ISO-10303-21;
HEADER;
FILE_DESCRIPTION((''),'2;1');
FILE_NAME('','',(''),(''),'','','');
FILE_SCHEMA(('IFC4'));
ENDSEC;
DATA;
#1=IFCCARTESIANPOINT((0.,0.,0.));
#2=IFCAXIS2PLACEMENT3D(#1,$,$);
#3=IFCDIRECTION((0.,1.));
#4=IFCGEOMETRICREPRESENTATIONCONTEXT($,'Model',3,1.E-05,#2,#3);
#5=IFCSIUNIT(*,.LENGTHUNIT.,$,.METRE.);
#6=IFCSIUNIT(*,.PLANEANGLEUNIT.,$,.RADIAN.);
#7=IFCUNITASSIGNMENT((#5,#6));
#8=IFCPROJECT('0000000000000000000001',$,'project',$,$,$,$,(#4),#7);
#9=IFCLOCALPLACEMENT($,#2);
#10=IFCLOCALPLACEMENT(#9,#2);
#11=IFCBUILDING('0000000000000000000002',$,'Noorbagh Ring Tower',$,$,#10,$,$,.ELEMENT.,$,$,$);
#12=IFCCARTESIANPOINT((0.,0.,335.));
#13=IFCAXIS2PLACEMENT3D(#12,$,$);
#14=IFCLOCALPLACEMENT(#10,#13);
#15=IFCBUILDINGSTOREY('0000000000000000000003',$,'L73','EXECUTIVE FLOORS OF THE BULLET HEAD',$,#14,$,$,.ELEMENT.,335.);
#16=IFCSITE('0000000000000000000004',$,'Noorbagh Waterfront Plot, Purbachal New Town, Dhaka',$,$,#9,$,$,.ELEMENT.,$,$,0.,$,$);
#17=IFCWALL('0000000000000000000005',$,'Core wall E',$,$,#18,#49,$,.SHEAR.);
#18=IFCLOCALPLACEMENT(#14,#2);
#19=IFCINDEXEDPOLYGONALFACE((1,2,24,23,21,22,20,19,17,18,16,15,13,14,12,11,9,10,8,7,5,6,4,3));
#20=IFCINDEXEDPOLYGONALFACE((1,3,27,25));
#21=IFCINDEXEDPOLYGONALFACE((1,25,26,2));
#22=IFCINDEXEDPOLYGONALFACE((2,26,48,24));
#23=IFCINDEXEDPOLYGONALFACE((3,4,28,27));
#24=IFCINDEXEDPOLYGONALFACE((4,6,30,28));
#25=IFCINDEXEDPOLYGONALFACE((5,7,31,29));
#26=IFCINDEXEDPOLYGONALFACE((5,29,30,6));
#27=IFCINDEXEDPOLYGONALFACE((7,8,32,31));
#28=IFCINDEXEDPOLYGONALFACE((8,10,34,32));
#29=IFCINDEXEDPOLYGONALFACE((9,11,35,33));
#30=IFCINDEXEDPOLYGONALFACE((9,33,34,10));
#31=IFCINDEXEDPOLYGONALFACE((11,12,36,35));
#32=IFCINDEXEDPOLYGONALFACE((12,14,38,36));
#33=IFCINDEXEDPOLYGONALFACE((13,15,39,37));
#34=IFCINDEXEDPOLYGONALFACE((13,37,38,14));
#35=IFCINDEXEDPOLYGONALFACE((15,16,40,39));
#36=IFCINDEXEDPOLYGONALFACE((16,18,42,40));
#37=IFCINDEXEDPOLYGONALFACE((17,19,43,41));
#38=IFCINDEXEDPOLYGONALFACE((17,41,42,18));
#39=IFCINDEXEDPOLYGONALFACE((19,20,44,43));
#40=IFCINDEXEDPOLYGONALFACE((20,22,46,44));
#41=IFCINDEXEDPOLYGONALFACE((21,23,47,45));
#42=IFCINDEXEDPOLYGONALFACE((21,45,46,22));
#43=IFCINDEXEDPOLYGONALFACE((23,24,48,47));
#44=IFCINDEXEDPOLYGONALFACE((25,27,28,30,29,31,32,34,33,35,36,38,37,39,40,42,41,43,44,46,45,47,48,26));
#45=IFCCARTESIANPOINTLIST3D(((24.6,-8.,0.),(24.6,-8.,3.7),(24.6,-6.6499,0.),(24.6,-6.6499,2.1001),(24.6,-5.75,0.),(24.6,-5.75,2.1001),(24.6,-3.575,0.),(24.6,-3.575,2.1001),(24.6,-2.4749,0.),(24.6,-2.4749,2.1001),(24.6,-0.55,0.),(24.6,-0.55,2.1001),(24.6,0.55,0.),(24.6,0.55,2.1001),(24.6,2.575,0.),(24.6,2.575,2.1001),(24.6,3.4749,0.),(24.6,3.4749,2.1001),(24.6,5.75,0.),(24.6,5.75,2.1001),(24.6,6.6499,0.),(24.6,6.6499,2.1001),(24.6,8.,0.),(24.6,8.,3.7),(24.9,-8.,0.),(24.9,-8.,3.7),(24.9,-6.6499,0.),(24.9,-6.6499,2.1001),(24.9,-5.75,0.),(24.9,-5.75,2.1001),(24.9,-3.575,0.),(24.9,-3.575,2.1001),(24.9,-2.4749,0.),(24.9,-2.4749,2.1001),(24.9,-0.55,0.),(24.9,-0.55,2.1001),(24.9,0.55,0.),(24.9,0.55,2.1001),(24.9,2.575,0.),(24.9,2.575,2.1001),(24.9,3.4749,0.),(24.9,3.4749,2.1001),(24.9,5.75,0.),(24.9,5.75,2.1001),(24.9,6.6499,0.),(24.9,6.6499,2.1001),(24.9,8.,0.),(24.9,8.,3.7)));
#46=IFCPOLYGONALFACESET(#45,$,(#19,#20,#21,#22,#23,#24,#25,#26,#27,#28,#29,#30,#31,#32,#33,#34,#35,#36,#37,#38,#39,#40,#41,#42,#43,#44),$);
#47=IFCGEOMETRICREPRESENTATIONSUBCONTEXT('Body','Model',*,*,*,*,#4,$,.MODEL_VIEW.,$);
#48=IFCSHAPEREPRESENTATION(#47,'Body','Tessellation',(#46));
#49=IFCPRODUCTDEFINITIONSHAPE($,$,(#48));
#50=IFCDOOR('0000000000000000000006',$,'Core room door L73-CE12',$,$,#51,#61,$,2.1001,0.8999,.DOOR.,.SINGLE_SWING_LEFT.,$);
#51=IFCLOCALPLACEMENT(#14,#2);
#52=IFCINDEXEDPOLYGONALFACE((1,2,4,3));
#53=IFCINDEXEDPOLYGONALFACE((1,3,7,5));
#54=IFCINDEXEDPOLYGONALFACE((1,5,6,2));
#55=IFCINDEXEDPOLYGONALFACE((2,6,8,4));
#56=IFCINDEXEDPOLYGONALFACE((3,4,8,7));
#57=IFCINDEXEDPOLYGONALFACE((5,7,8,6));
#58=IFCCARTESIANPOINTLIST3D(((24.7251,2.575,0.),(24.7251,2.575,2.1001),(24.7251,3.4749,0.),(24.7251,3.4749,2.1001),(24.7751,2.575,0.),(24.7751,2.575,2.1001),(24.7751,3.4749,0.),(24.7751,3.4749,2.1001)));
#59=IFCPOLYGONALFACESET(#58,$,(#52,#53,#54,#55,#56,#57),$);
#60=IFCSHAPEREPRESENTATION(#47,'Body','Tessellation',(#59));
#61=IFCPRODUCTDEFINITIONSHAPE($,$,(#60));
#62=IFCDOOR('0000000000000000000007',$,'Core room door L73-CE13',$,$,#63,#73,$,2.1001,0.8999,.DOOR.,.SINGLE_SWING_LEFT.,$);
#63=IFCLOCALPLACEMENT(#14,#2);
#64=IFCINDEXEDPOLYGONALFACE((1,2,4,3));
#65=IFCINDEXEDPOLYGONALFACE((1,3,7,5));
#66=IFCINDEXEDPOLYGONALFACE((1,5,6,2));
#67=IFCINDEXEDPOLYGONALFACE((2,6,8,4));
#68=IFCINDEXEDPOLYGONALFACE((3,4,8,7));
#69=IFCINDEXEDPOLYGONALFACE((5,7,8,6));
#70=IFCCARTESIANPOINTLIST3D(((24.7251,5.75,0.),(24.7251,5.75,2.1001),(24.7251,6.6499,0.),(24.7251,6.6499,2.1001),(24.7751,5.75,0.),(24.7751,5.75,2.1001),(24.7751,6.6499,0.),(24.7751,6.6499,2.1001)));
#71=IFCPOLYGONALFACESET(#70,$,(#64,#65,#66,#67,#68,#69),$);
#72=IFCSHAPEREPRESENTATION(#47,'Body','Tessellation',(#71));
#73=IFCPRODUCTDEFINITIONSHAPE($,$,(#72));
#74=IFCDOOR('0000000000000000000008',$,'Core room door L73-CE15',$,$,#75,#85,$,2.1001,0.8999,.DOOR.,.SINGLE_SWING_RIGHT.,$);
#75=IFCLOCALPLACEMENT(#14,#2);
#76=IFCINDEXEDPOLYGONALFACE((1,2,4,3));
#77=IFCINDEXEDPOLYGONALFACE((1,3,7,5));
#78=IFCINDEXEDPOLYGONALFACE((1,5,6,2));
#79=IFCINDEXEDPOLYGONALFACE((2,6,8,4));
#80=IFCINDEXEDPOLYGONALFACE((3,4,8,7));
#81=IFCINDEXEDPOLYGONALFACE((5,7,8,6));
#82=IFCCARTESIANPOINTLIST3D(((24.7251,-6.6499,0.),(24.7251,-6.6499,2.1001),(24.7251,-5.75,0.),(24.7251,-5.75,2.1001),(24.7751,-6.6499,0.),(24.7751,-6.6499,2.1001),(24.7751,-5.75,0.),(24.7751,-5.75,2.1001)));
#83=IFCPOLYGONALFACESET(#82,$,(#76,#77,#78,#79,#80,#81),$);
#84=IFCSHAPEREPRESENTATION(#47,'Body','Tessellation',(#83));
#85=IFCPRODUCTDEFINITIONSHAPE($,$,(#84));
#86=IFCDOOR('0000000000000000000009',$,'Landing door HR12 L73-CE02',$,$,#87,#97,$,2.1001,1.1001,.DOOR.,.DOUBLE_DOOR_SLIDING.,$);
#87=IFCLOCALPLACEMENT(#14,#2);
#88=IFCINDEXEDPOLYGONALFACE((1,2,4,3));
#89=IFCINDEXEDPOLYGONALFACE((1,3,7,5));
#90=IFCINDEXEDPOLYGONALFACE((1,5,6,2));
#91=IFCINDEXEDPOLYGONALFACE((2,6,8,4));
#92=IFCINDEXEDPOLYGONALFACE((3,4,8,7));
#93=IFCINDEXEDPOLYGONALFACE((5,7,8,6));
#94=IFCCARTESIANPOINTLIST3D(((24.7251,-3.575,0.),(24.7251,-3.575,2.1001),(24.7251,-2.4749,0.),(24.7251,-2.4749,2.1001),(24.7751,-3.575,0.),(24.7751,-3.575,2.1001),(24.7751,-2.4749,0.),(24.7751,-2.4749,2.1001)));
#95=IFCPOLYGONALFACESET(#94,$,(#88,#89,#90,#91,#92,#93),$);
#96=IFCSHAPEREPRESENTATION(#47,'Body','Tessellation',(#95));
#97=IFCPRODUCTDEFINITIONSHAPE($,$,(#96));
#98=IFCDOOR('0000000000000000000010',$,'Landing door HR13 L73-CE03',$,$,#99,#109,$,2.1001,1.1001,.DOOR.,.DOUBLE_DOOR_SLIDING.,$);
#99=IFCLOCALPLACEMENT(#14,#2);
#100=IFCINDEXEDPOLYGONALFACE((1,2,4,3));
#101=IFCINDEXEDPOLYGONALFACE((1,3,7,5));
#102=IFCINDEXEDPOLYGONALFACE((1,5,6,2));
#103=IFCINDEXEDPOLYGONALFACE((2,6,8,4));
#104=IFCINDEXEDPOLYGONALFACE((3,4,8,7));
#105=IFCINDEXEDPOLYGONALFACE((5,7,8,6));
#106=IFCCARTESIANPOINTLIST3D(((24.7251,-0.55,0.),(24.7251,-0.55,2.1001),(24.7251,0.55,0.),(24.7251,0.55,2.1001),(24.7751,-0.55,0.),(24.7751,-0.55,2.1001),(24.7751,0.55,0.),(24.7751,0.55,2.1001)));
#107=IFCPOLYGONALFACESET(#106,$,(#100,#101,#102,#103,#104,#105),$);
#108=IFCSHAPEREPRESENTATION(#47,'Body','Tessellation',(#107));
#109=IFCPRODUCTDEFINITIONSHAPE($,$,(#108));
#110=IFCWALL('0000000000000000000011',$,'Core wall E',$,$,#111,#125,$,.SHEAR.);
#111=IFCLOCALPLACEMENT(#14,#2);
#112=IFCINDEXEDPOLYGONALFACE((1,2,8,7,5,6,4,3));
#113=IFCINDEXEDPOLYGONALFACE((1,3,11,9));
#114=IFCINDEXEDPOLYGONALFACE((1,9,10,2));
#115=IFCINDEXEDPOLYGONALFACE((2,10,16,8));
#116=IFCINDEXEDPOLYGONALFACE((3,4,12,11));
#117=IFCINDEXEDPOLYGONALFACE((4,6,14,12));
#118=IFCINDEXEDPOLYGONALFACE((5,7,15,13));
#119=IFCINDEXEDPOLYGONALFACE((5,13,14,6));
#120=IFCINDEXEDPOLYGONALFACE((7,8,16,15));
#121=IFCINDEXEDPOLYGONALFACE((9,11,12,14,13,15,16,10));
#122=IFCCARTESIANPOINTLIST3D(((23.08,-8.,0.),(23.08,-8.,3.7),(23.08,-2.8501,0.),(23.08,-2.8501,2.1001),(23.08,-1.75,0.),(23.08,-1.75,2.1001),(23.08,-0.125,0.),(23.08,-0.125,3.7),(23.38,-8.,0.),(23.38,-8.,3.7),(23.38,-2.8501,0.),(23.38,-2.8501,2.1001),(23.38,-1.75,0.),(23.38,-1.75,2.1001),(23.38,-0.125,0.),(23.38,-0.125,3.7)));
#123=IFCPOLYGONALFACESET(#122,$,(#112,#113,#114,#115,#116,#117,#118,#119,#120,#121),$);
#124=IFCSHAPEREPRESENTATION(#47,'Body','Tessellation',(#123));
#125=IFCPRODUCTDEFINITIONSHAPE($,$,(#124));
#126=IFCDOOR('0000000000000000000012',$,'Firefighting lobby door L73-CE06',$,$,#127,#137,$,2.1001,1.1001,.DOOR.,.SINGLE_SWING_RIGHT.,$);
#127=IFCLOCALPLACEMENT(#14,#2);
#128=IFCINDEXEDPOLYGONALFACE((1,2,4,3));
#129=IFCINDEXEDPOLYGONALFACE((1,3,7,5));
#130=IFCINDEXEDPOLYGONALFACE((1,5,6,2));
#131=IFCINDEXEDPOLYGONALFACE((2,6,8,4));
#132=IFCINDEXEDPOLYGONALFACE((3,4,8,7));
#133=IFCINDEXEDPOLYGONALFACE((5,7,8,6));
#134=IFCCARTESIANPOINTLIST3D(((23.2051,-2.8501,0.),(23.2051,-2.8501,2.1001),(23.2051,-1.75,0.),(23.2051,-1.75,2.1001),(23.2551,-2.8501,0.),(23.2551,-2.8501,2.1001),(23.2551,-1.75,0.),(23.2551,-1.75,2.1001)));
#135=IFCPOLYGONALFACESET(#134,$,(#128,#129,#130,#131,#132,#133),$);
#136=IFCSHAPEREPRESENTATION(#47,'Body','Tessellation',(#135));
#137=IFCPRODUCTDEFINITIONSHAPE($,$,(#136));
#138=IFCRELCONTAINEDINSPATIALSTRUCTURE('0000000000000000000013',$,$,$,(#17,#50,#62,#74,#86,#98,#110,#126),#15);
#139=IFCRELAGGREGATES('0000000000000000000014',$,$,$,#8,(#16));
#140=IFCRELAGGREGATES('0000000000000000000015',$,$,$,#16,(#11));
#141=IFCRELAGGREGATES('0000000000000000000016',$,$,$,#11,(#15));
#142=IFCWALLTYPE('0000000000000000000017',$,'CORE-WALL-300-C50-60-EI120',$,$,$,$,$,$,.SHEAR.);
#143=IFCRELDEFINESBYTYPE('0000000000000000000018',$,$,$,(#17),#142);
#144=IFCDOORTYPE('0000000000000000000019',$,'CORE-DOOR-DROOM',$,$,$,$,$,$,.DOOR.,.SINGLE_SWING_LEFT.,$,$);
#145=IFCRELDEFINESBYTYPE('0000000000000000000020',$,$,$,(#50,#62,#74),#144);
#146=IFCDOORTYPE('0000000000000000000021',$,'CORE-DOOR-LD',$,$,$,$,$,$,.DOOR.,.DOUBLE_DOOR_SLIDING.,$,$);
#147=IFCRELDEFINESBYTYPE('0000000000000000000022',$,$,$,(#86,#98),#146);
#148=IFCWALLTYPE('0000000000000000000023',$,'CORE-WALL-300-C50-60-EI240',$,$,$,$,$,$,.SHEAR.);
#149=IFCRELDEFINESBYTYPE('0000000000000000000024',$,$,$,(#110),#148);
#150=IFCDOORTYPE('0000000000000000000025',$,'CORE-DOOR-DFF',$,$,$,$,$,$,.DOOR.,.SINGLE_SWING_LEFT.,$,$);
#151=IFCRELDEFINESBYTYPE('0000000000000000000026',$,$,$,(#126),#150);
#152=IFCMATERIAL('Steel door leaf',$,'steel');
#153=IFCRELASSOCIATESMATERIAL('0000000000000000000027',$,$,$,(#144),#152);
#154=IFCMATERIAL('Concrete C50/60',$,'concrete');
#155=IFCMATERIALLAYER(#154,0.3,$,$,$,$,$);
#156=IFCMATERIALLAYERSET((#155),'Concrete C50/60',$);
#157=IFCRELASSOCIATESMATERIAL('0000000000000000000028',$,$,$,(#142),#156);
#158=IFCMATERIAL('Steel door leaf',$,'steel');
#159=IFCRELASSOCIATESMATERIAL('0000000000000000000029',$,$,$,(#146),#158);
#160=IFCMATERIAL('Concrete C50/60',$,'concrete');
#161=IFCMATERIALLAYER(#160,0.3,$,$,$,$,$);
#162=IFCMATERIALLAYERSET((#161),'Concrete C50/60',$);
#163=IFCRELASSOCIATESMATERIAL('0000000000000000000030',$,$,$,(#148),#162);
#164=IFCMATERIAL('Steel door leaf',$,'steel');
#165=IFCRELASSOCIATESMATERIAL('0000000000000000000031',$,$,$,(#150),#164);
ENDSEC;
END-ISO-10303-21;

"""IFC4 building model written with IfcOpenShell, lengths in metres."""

from ifc_helpers import new_model, si_unit, direction, frame, frame_2d, origin, place, context, subcontext, project, spatial, rectangle, extrude, material, layer, layer_set, type_object, element, fill, save


model = new_model("IFC4")

# Units and contexts
model_context = context("Model", 3, precision=1e-05, world=origin(), true_north=direction((0.0, 1.0)))
body_context = subcontext(model_context, "Body", "Model", "MODEL_VIEW")
ifc_project = project(units=[si_unit("LENGTHUNIT", "METRE"), si_unit("PLANEANGLEUNIT", "RADIAN")], contexts=[model_context])

# Site, building, storey
site_placement = place(None, origin())
site = spatial("IfcSite", under=ifc_project, at=site_placement, Name="Noorbagh Waterfront Plot, Purbachal New Town, Dhaka", CompositionType="ELEMENT", RefElevation=0.0)
building_placement = place(site_placement, origin())
building = spatial("IfcBuilding", under=site, at=building_placement, Name="Noorbagh Ring Tower", CompositionType="ELEMENT")
storey_placement = place(building_placement, frame((0.0, 0.0, 335.0)))
storey = spatial("IfcBuildingStorey", under=building, at=storey_placement, Name="L73", Description="EXECUTIVE FLOORS OF THE BULLET HEAD", CompositionType="ELEMENT", Elevation=335.0)

# Shared definitions
ifc_material_1 = material(Name="Steel door leaf", Category="steel")
door_type_1 = type_object("IfcDoorType", Name="CORE-DOOR-DROOM", OperationType="SINGLE_SWING_LEFT", PredefinedType="DOOR", material=ifc_material_1)

# Wall, openings, doors
ifc_material_2 = material(Name="Concrete C50/60", Category="concrete")
ifc_layer_1 = layer(ifc_material_2, 0.3)
ifc_layer_set_1 = layer_set([ifc_layer_1], Name="Concrete C50/60")
wall_type_1 = type_object("IfcWallType", Name="CORE-WALL-300-C50-60-EI120", PredefinedType="SHEAR", material=ifc_layer_set_1)
wall_1_placement = place(storey_placement, frame((24.75, -8.0, 0.0), z_axis=(0.0, 0.0, 1.0), x_axis=(0.0, 1.0, 0.0)))
wall_1 = element("IfcWall", 1, at=wall_1_placement, inside=storey, type_object=wall_type_1, Name="Core wall E", PredefinedType="SHEAR", context=body_context, shape_type="SweptSolid", body=[
    extrude(rectangle(XDim=16.0, YDim=0.3, at=frame_2d((8.0, 0.0))), origin(), (0.0, 0.0, 1.0), 3.7),
])
opening_1_placement = place(wall_1_placement, frame((4.425, 0.0, 0.0)))
opening_1 = element("IfcOpeningElement", 2, at=opening_1_placement, cuts=wall_1, PredefinedType="OPENING", context=body_context, shape_type="SweptSolid", body=[
    extrude(rectangle(XDim=1.1001, YDim=2.1001, at=frame_2d((0.55, 1.05))), frame((0.0, 0.1602, 0.0), z_axis=(0.0, -1.0, 0.0), x_axis=(1.0, 0.0, 0.0)), (0.0, 0.0, 1.0), 0.3201),
])
opening_2_placement = place(wall_1_placement, frame((7.45, 0.0, 0.0)))
opening_2 = element("IfcOpeningElement", 3, at=opening_2_placement, cuts=wall_1, PredefinedType="OPENING", context=body_context, shape_type="SweptSolid", body=[
    extrude(rectangle(XDim=1.1001, YDim=2.1001, at=frame_2d((0.55, 1.05))), frame((0.0, 0.1602, 0.0), z_axis=(0.0, -1.0, 0.0), x_axis=(1.0, 0.0, 0.0)), (0.0, 0.0, 1.0), 0.3201),
])
opening_3_placement = place(wall_1_placement, frame((10.575, 0.0, 0.0)))
opening_3 = element("IfcOpeningElement", 4, at=opening_3_placement, cuts=wall_1, PredefinedType="OPENING", context=body_context, shape_type="SweptSolid", body=[
    extrude(rectangle(XDim=0.8999, YDim=2.1001, at=frame_2d((0.45, 1.05))), frame((0.0, 0.1602, 0.0), z_axis=(0.0, -1.0, 0.0), x_axis=(1.0, 0.0, 0.0)), (0.0, 0.0, 1.0), 0.3201),
])
opening_4_placement = place(wall_1_placement, frame((13.75, 0.0, 0.0)))
opening_4 = element("IfcOpeningElement", 5, at=opening_4_placement, cuts=wall_1, PredefinedType="OPENING", context=body_context, shape_type="SweptSolid", body=[
    extrude(rectangle(XDim=0.8999, YDim=2.1001, at=frame_2d((0.45, 1.05))), frame((0.0, 0.1602, 0.0), z_axis=(0.0, -1.0, 0.0), x_axis=(1.0, 0.0, 0.0)), (0.0, 0.0, 1.0), 0.3201),
])
opening_5_placement = place(wall_1_placement, frame((1.3501, 0.0, 0.0)))
opening_5 = element("IfcOpeningElement", 6, at=opening_5_placement, cuts=wall_1, PredefinedType="OPENING", context=body_context, shape_type="SweptSolid", body=[
    extrude(rectangle(XDim=0.8999, YDim=2.1001, at=frame_2d((0.45, 1.05))), frame((0.0, 0.1602, 0.0), z_axis=(0.0, -1.0, 0.0), x_axis=(1.0, 0.0, 0.0)), (0.0, 0.0, 1.0), 0.3201),
])
door_1_placement = place(opening_3_placement, origin())
door_1 = element("IfcDoor", 7, at=door_1_placement, inside=storey, type_object=door_type_1, Name="Core room door L73-CE12", OperationType="SINGLE_SWING_LEFT", OverallHeight=2.1001, OverallWidth=0.8999, PredefinedType="DOOR", context=body_context, shape_type="SweptSolid", body=[
    extrude(rectangle(XDim=0.8999, YDim=2.1001, at=frame_2d((0.45, 1.05))), frame((0.0, 0.0249, 0.0), z_axis=(0.0, -1.0, 0.0), x_axis=(1.0, 0.0, 0.0)), (0.0, 0.0, 1.0), 0.05),
])
fill(opening_3, door_1)
door_2_placement = place(opening_4_placement, origin())
door_2 = element("IfcDoor", 8, at=door_2_placement, inside=storey, type_object=door_type_1, Name="Core room door L73-CE13", OperationType="SINGLE_SWING_LEFT", OverallHeight=2.1001, OverallWidth=0.8999, PredefinedType="DOOR", context=body_context, shape_type="SweptSolid", body=[
    extrude(rectangle(XDim=0.8999, YDim=2.1001, at=frame_2d((0.45, 1.05))), frame((0.0, 0.0249, 0.0), z_axis=(0.0, -1.0, 0.0), x_axis=(1.0, 0.0, 0.0)), (0.0, 0.0, 1.0), 0.05),
])
fill(opening_4, door_2)
door_3_placement = place(opening_5_placement, origin())
door_3 = element("IfcDoor", 9, at=door_3_placement, inside=storey, type_object=door_type_1, Name="Core room door L73-CE15", OperationType="SINGLE_SWING_RIGHT", OverallHeight=2.1001, OverallWidth=0.8999, PredefinedType="DOOR", context=body_context, shape_type="SweptSolid", body=[
    extrude(rectangle(XDim=0.8999, YDim=2.1001, at=frame_2d((0.45, 1.05))), frame((0.0, 0.0249, 0.0), z_axis=(0.0, -1.0, 0.0), x_axis=(1.0, 0.0, 0.0)), (0.0, 0.0, 1.0), 0.05),
])
fill(opening_5, door_3)
ifc_material_3 = material(Name="Steel door leaf", Category="steel")
door_type_2 = type_object("IfcDoorType", Name="CORE-DOOR-LD", OperationType="DOUBLE_DOOR_SLIDING", PredefinedType="DOOR", material=ifc_material_3)
door_4_placement = place(opening_1_placement, origin())
door_4 = element("IfcDoor", 10, at=door_4_placement, inside=storey, type_object=door_type_2, Name="Landing door HR12 L73-CE02", OperationType="DOUBLE_DOOR_SLIDING", OverallHeight=2.1001, OverallWidth=1.1001, PredefinedType="DOOR", context=body_context, shape_type="SweptSolid", body=[
    extrude(rectangle(XDim=1.1001, YDim=2.1001, at=frame_2d((0.55, 1.05))), frame((0.0, 0.0249, 0.0), z_axis=(0.0, -1.0, 0.0), x_axis=(1.0, 0.0, 0.0)), (0.0, 0.0, 1.0), 0.05),
])
fill(opening_1, door_4)
door_5_placement = place(opening_2_placement, origin())
door_5 = element("IfcDoor", 11, at=door_5_placement, inside=storey, type_object=door_type_2, Name="Landing door HR13 L73-CE03", OperationType="DOUBLE_DOOR_SLIDING", OverallHeight=2.1001, OverallWidth=1.1001, PredefinedType="DOOR", context=body_context, shape_type="SweptSolid", body=[
    extrude(rectangle(XDim=1.1001, YDim=2.1001, at=frame_2d((0.55, 1.05))), frame((0.0, 0.0249, 0.0), z_axis=(0.0, -1.0, 0.0), x_axis=(1.0, 0.0, 0.0)), (0.0, 0.0, 1.0), 0.05),
])
fill(opening_2, door_5)

# Wall, opening, door
ifc_material_4 = material(Name="Concrete C50/60", Category="concrete")
ifc_layer_2 = layer(ifc_material_4, 0.3)
ifc_layer_set_2 = layer_set([ifc_layer_2], Name="Concrete C50/60")
wall_type_2 = type_object("IfcWallType", Name="CORE-WALL-300-C50-60-EI240", PredefinedType="SHEAR", material=ifc_layer_set_2)
wall_2_placement = place(storey_placement, frame((23.23, -8.0, 0.0), z_axis=(0.0, 0.0, 1.0), x_axis=(0.0, 1.0, 0.0)))
wall_2 = element("IfcWall", 12, at=wall_2_placement, inside=storey, type_object=wall_type_2, Name="Core wall E", PredefinedType="SHEAR", context=body_context, shape_type="SweptSolid", body=[
    extrude(rectangle(XDim=7.875, YDim=0.3, at=frame_2d((3.9375, 0.0))), origin(), (0.0, 0.0, 1.0), 3.7),
])
opening_6_placement = place(wall_2_placement, frame((5.1499, 0.0, 0.0)))
opening_6 = element("IfcOpeningElement", 13, at=opening_6_placement, cuts=wall_2, PredefinedType="OPENING", context=body_context, shape_type="SweptSolid", body=[
    extrude(rectangle(XDim=1.1001, YDim=2.1001, at=frame_2d((0.55, 1.05))), frame((0.0, 0.1602, 0.0), z_axis=(0.0, -1.0, 0.0), x_axis=(1.0, 0.0, 0.0)), (0.0, 0.0, 1.0), 0.3201),
])
ifc_material_5 = material(Name="Steel door leaf", Category="steel")
door_type_3 = type_object("IfcDoorType", Name="CORE-DOOR-DFF", OperationType="SINGLE_SWING_LEFT", PredefinedType="DOOR", material=ifc_material_5)
door_6_placement = place(opening_6_placement, origin())
door_6 = element("IfcDoor", 14, at=door_6_placement, inside=storey, type_object=door_type_3, Name="Firefighting lobby door L73-CE06", OperationType="SINGLE_SWING_RIGHT", OverallHeight=2.1001, OverallWidth=1.1001, PredefinedType="DOOR", context=body_context, shape_type="SweptSolid", body=[
    extrude(rectangle(XDim=1.1001, YDim=2.1001, at=frame_2d((0.55, 1.05))), frame((0.0, 0.0249, 0.0), z_axis=(0.0, -1.0, 0.0), x_axis=(1.0, 0.0, 0.0)), (0.0, 0.0, 1.0), 0.05),
])
fill(opening_6, door_6)

save(model, "model.ifc")
